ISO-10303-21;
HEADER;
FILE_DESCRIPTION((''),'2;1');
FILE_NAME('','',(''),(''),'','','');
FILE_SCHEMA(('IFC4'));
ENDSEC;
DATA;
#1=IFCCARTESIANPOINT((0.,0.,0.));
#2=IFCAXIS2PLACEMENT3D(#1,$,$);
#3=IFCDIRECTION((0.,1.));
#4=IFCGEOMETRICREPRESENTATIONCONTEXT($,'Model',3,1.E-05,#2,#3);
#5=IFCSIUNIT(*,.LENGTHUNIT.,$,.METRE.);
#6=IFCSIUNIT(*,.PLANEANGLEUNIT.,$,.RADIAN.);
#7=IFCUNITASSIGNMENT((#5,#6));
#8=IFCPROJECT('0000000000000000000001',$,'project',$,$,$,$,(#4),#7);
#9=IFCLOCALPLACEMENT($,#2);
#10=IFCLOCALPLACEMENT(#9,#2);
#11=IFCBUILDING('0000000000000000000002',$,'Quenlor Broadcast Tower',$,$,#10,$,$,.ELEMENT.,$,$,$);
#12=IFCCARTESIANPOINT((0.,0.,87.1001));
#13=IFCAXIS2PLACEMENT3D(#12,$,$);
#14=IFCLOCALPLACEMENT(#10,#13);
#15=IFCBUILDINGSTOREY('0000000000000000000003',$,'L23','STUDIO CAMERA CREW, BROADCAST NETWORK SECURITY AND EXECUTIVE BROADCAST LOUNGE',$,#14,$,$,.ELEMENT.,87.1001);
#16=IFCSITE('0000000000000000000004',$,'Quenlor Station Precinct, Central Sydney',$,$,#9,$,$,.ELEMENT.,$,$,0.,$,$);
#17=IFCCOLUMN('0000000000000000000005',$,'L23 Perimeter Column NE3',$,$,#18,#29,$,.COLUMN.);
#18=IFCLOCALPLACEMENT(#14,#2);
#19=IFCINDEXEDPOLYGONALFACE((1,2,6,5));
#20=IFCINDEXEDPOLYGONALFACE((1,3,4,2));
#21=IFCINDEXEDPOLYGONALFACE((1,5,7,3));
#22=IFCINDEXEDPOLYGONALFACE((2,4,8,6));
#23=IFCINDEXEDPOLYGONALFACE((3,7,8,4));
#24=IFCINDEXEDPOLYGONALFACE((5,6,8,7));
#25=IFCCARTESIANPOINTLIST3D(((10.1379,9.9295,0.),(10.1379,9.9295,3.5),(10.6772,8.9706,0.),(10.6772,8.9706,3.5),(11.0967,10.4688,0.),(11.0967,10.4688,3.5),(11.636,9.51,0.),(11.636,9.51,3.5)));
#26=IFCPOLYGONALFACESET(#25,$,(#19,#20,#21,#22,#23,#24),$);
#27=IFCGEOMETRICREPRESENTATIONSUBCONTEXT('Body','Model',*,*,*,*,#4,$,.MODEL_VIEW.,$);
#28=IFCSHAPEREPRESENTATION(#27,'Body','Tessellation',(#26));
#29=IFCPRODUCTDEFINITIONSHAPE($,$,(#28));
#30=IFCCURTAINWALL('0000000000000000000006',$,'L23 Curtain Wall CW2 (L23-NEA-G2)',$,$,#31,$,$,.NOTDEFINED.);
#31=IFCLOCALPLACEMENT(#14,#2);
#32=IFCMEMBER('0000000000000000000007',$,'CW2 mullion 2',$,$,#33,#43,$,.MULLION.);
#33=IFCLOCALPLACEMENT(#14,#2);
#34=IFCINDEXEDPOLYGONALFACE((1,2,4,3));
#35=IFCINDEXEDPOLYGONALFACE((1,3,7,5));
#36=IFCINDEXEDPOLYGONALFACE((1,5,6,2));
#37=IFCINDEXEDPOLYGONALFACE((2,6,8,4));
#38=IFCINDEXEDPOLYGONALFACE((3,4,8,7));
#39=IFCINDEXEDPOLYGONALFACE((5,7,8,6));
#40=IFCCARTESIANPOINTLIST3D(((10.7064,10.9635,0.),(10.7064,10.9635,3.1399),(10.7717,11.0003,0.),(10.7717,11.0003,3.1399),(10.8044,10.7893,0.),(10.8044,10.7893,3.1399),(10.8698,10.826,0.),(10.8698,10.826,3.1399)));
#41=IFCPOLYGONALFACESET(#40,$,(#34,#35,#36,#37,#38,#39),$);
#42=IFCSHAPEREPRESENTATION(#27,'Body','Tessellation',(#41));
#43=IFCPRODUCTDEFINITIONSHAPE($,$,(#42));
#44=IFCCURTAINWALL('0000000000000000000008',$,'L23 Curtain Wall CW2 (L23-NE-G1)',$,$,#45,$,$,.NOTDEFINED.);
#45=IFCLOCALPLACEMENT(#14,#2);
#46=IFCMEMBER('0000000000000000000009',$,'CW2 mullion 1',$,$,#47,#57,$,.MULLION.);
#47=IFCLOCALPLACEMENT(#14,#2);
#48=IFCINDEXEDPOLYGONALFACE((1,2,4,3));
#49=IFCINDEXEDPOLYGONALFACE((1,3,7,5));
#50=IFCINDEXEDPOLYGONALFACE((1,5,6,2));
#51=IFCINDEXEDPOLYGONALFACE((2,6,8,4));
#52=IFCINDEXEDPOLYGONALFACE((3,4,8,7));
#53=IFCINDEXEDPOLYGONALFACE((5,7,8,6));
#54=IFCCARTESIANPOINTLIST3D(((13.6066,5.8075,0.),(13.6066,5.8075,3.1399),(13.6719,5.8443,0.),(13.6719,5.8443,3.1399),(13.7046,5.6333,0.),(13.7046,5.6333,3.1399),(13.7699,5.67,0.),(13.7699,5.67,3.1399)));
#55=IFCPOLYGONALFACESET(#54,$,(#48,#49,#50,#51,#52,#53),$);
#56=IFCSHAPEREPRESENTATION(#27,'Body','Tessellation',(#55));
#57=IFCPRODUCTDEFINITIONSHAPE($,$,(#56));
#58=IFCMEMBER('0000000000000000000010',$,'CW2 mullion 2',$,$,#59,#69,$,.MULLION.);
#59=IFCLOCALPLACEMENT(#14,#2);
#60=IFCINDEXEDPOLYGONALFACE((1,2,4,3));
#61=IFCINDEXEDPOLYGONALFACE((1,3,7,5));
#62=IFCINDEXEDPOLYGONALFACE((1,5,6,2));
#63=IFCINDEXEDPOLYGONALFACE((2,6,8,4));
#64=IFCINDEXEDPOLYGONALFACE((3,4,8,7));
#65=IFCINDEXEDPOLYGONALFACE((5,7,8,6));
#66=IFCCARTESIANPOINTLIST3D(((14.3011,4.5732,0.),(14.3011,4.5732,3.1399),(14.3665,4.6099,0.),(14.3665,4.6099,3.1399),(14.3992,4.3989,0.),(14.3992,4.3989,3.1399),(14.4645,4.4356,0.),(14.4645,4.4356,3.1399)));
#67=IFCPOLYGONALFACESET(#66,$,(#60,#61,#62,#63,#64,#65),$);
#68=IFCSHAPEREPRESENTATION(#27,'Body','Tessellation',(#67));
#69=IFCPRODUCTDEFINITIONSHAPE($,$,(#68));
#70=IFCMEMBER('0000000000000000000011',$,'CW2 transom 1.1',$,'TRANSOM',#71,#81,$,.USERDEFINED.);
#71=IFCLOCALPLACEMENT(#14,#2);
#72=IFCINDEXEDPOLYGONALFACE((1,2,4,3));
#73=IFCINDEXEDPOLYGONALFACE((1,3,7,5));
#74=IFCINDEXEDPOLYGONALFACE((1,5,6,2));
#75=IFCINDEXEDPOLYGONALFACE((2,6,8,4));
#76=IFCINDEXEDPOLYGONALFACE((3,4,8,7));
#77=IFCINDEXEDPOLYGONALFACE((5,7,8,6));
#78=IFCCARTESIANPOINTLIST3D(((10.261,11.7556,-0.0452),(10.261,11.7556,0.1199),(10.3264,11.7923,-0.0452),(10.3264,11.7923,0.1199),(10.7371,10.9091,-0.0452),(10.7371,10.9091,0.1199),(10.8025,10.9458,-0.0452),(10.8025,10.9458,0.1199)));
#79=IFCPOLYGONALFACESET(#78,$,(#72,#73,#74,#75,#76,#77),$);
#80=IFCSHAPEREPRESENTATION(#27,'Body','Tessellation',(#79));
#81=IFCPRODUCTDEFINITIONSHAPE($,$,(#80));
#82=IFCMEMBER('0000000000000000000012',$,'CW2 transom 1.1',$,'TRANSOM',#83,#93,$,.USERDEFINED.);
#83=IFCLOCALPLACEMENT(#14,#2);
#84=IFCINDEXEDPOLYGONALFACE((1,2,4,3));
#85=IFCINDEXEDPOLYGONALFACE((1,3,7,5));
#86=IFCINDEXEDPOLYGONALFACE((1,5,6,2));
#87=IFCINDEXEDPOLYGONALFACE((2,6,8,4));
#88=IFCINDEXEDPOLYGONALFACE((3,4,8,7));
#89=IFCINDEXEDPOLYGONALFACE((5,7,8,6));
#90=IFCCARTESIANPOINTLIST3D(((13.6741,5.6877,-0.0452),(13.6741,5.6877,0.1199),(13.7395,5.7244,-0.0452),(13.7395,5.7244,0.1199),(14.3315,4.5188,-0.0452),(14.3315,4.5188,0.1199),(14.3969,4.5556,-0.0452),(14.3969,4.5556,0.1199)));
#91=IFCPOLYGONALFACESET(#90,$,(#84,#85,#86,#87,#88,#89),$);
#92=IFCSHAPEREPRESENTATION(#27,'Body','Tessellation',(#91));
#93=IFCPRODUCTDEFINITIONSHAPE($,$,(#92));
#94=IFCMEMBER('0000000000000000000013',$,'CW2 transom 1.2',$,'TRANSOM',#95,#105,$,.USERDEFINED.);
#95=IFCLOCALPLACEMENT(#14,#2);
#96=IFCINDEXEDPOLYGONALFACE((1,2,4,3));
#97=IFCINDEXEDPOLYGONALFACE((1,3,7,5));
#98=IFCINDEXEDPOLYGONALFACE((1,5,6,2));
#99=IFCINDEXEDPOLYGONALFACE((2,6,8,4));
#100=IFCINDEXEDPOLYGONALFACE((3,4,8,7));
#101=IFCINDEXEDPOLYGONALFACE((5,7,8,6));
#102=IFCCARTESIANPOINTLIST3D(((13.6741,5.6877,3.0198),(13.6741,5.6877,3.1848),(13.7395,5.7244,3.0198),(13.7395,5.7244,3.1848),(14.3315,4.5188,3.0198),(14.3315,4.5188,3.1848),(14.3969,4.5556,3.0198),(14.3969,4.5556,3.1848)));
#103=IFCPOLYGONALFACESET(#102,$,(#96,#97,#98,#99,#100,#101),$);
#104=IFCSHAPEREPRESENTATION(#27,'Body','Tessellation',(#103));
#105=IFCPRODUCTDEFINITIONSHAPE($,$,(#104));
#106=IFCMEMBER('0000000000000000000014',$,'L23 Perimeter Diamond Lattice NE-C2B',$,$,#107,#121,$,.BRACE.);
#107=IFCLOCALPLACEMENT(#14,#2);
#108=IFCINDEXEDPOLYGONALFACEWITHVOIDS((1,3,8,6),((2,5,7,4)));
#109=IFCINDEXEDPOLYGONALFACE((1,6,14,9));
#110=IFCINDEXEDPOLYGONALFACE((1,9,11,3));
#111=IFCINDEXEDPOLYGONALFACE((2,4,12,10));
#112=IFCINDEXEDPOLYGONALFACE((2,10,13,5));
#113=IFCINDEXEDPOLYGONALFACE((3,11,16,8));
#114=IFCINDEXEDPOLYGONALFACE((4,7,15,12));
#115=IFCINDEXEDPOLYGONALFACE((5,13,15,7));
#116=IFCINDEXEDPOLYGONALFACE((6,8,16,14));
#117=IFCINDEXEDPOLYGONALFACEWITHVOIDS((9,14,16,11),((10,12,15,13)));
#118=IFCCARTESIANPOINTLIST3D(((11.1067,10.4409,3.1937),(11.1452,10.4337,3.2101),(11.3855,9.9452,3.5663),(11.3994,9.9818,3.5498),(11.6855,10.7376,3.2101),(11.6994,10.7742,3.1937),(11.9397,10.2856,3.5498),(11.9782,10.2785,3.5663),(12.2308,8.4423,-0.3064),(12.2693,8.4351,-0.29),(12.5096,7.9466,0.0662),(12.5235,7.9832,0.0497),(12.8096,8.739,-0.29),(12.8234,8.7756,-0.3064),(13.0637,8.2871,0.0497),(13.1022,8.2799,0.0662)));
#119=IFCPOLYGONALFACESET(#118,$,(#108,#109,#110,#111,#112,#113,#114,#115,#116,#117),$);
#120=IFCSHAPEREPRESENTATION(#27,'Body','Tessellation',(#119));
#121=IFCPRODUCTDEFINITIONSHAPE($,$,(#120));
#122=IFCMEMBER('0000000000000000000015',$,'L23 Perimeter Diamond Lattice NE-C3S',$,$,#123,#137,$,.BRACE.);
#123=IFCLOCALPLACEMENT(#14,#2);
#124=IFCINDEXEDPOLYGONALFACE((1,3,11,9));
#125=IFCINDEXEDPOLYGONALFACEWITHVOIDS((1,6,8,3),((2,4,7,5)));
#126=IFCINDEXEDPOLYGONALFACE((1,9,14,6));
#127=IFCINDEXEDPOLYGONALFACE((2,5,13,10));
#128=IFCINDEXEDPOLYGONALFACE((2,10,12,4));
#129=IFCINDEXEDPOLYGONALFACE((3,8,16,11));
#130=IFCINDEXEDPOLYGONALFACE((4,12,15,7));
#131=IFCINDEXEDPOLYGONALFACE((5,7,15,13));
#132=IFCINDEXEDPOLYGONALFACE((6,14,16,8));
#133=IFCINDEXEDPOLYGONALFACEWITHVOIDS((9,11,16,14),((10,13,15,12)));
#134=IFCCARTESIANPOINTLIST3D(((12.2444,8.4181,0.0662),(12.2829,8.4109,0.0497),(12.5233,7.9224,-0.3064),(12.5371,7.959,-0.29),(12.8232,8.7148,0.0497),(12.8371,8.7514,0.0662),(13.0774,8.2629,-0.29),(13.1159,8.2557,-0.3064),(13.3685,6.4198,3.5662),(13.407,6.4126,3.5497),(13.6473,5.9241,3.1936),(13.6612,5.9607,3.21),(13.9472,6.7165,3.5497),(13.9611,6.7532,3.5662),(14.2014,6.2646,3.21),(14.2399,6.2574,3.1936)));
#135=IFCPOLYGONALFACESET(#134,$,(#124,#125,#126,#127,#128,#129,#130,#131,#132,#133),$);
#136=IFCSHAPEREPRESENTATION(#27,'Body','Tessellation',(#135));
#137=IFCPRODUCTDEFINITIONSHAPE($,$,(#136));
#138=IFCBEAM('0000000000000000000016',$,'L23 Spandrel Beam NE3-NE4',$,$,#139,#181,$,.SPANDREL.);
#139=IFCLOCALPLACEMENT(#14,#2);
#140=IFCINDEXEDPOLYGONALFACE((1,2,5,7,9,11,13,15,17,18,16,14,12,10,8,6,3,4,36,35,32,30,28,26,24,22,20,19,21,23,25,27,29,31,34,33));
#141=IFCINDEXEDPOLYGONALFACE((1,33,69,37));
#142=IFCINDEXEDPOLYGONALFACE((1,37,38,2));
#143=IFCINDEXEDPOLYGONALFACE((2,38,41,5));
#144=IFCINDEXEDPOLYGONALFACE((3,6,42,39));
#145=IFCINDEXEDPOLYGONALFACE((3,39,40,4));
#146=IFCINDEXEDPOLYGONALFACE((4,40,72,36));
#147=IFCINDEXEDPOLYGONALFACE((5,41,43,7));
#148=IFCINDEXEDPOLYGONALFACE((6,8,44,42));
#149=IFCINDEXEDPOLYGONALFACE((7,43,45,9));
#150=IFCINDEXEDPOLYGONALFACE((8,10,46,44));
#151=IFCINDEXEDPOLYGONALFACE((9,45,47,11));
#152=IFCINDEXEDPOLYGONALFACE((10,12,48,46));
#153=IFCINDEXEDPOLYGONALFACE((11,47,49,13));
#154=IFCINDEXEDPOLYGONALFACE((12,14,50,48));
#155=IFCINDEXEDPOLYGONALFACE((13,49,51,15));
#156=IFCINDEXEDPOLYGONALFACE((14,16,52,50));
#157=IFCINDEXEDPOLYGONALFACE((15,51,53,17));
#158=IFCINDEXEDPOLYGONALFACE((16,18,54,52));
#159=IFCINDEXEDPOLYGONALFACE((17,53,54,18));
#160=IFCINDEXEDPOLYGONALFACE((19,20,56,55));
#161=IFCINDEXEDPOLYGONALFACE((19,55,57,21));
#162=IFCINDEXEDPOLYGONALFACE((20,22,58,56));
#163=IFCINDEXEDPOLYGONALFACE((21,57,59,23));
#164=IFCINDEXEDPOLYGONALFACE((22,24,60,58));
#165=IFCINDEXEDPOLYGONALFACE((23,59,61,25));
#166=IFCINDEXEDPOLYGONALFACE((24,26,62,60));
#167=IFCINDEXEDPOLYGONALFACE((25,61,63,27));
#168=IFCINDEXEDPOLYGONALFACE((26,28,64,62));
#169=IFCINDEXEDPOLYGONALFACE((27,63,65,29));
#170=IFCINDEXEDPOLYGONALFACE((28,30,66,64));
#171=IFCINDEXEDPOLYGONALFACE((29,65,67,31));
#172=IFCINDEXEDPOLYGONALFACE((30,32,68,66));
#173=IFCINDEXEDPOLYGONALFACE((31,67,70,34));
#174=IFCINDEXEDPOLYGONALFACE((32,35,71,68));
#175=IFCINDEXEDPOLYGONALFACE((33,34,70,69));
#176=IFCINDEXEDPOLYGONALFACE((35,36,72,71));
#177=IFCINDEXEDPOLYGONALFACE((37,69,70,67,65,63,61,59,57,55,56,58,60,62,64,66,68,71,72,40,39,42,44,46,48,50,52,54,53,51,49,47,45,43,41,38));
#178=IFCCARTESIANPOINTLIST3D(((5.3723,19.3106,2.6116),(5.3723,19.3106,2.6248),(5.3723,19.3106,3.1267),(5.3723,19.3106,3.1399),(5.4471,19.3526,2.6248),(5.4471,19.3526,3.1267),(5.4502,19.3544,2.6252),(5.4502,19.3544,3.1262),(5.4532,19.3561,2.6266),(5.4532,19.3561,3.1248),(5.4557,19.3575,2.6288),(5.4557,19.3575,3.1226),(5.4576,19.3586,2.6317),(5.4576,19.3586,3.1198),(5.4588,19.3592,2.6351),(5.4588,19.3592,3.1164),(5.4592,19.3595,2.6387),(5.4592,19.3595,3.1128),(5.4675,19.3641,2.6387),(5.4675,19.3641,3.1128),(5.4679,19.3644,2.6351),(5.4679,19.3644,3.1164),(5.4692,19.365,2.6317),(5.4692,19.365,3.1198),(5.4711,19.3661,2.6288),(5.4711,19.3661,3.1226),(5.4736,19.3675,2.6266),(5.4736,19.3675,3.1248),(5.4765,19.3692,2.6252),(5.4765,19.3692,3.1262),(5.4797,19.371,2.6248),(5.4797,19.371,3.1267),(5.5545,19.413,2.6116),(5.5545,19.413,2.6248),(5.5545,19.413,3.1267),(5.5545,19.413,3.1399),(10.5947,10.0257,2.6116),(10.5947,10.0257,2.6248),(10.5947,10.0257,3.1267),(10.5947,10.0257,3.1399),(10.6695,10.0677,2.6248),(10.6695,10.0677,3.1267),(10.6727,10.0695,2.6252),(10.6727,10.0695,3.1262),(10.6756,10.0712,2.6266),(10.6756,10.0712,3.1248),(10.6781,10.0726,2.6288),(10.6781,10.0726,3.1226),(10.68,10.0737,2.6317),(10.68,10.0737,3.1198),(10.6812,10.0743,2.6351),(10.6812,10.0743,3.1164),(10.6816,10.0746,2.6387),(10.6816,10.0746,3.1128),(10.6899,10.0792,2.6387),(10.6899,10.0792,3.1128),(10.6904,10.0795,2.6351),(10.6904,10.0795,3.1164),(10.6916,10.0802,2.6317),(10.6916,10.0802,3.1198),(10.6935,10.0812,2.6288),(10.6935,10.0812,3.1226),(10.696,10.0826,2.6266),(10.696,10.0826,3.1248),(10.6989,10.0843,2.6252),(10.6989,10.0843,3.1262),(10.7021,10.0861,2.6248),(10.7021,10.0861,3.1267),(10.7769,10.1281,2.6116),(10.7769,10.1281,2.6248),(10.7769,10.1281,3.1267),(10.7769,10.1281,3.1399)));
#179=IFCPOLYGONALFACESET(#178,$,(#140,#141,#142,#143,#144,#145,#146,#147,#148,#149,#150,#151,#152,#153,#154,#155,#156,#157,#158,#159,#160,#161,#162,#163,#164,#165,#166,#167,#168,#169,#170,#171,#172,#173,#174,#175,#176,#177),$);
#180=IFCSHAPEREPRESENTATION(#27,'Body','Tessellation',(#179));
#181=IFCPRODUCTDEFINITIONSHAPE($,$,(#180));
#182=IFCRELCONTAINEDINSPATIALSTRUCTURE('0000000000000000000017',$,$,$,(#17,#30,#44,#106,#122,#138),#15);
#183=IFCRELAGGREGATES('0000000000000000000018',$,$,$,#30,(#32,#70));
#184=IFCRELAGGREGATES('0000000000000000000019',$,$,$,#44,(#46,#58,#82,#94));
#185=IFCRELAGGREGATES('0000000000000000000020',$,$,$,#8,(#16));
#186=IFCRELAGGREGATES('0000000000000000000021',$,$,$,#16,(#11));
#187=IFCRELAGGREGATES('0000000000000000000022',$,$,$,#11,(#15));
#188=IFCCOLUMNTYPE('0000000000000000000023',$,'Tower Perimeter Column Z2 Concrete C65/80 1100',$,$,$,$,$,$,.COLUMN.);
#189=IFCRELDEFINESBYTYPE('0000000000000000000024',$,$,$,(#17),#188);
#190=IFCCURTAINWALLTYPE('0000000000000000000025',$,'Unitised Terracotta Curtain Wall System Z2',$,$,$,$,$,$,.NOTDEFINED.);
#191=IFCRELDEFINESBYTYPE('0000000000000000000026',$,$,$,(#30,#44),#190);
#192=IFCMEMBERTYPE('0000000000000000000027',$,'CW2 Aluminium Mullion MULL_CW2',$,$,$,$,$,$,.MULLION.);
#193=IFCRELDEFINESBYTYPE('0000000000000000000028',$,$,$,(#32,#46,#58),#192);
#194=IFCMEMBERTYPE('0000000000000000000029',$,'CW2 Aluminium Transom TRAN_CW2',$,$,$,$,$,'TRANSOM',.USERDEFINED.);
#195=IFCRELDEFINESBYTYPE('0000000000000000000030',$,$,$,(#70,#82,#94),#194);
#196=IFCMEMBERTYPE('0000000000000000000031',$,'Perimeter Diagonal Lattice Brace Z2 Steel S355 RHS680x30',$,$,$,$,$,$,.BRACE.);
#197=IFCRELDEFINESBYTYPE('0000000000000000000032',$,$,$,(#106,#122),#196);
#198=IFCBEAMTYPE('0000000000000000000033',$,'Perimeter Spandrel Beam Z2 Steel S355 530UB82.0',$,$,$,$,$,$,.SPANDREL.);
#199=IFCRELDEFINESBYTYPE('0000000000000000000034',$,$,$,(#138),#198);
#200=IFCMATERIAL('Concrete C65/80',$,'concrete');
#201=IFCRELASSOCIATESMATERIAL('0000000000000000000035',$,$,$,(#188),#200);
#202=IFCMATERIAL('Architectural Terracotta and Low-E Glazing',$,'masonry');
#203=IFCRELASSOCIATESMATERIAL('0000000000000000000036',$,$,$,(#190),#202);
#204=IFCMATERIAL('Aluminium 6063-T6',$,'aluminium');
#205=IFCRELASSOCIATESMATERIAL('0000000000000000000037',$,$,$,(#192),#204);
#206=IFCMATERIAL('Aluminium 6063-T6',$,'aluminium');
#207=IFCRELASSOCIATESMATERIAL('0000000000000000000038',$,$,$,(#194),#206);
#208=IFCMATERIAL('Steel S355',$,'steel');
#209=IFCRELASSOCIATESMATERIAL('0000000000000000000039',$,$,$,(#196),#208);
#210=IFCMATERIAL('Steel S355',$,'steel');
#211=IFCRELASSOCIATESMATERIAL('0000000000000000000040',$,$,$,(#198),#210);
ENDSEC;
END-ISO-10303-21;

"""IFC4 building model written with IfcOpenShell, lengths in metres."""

from ifc_helpers import new_model, si_unit, direction, frame, origin, origin_2d, place, context, subcontext, project, spatial, rectangle, hollow_rectangle, i_section, extrude, material, material_profile, profile_set, type_object, element, aggregate, save


model = new_model("IFC4")

# Units and contexts
model_context = context("Model", 3, precision=1e-05, world=origin(), true_north=direction((0.0, 1.0)))
body_context = subcontext(model_context, "Body", "Model", "MODEL_VIEW")
ifc_project = project(units=[si_unit("LENGTHUNIT", "METRE"), si_unit("PLANEANGLEUNIT", "RADIAN")], contexts=[model_context])

# Site, building, storey
site_placement = place(None, origin())
site = spatial("IfcSite", under=ifc_project, at=site_placement, Name="Quenlor Station Precinct, Central Sydney", CompositionType="ELEMENT", RefElevation=0.0)
building_placement = place(site_placement, origin())
building = spatial("IfcBuilding", under=site, at=building_placement, Name="Quenlor Broadcast Tower", CompositionType="ELEMENT")
storey_placement = place(building_placement, frame((0.0, 0.0, 87.1001)))
storey = spatial("IfcBuildingStorey", under=building, at=storey_placement, Name="L23", Description="STUDIO CAMERA CREW, BROADCAST NETWORK SECURITY AND EXECUTIVE BROADCAST LOUNGE", CompositionType="ELEMENT", Elevation=87.1001)

# Column
ifc_material_1 = material(Name="Concrete C65/80", Category="concrete")
ifc_material_profile_1 = material_profile(ifc_material_1, rectangle(XDim=1.1001, YDim=1.1001, at=origin_2d()))
ifc_profile_set_1 = profile_set([ifc_material_profile_1], Name="Concrete C65/80 RC1100x1100")
column_type = type_object("IfcColumnType", Name="Tower Perimeter Column Z2 Concrete C65/80 1100", PredefinedType="COLUMN", material=ifc_profile_set_1)
column_placement = place(storey_placement, frame((10.887, 9.7197, 0.0), z_axis=(0.0, 0.0, 1.0), x_axis=(0.871575, 0.490262, 0.0)))
element("IfcColumn", 1, at=column_placement, inside=storey, type_object=column_type, Name="L23 Perimeter Column NE3", PredefinedType="COLUMN", context=body_context, shape_type="SweptSolid", body=[
    extrude(rectangle(XDim=1.1001, YDim=1.1001, at=origin_2d()), origin(), (0.0, 0.0, 1.0), 3.5),
])

# Curtain wall, member
ifc_material_2 = material(Name="Architectural Terracotta and Low-E Glazing", Category="masonry")
curtain_wall_type = type_object("IfcCurtainWallType", Name="Unitised Terracotta Curtain Wall System Z2", PredefinedType="NOTDEFINED", material=ifc_material_2)
curtain_wall_1_placement = place(storey_placement, origin())
curtain_wall_1 = element("IfcCurtainWall", 2, at=curtain_wall_1_placement, inside=storey, type_object=curtain_wall_type, Name="L23 Curtain Wall CW2 (L23-NEA-G2)", PredefinedType="NOTDEFINED")
ifc_material_3 = material(Name="Aluminium 6063-T6", Category="aluminium")
ifc_material_profile_2 = material_profile(ifc_material_3, rectangle(XDim=0.075, YDim=0.2, at=origin_2d()))
ifc_profile_set_2 = profile_set([ifc_material_profile_2], Name="Aluminium 6063-T6 MULL75x200")
member_type_1 = type_object("IfcMemberType", Name="CW2 Aluminium Mullion MULL_CW2", PredefinedType="MULLION", material=ifc_profile_set_2)
member_1_placement = place(storey_placement, frame((10.7881, 10.8948, 0.0), z_axis=(0.0, 0.0, 1.0), x_axis=(0.871583, 0.490249, 0.0)))
member_1 = element("IfcMember", 3, at=member_1_placement, type_object=member_type_1, Name="CW2 mullion 2", PredefinedType="MULLION", context=body_context, shape_type="SweptSolid", body=[
    extrude(rectangle(XDim=0.075, YDim=0.2, at=origin_2d()), origin(), (0.0, 0.0, 1.0), 3.1399),
])

# Curtain wall, members
curtain_wall_2_placement = place(storey_placement, origin())
curtain_wall_2 = element("IfcCurtainWall", 4, at=curtain_wall_2_placement, inside=storey, type_object=curtain_wall_type, Name="L23 Curtain Wall CW2 (L23-NE-G1)", PredefinedType="NOTDEFINED")
member_2_placement = place(storey_placement, frame((13.6882, 5.7388, 0.0), z_axis=(0.0, 0.0, 1.0), x_axis=(0.871558, 0.490293, 0.0)))
member_2 = element("IfcMember", 5, at=member_2_placement, type_object=member_type_1, Name="CW2 mullion 1", PredefinedType="MULLION", context=body_context, shape_type="SweptSolid", body=[
    extrude(rectangle(XDim=0.075, YDim=0.2, at=origin_2d()), origin(), (0.0, 0.0, 1.0), 3.1399),
])
member_3_placement = place(storey_placement, frame((14.3828, 4.5044, 0.0), z_axis=(0.0, 0.0, 1.0), x_axis=(0.871558, 0.490293, 0.0)))
member_3 = element("IfcMember", 6, at=member_3_placement, type_object=member_type_1, Name="CW2 mullion 2", PredefinedType="MULLION", context=body_context, shape_type="SweptSolid", body=[
    extrude(rectangle(XDim=0.075, YDim=0.2, at=origin_2d()), origin(), (0.0, 0.0, 1.0), 3.1399),
])

# Members
ifc_material_4 = material(Name="Aluminium 6063-T6", Category="aluminium")
ifc_material_profile_3 = material_profile(ifc_material_4, rectangle(XDim=0.075, YDim=0.165, at=origin_2d()))
ifc_profile_set_3 = profile_set([ifc_material_profile_3], Name="Aluminium 6063-T6 TRAN75x165")
member_type_2 = type_object("IfcMemberType", Name="CW2 Aluminium Transom TRAN_CW2", ElementType="TRANSOM", PredefinedType="USERDEFINED", material=ifc_profile_set_3)
member_4_placement = place(storey_placement, frame((10.2937, 11.7739, 0.0374), z_axis=(0.490225, -0.871596, 0.0), x_axis=(0.871596, 0.490225, 0.0)))
member_4 = element("IfcMember", 7, at=member_4_placement, type_object=member_type_2, Name="CW2 transom 1.1", ObjectType="TRANSOM", PredefinedType="USERDEFINED", context=body_context, shape_type="SweptSolid", body=[
    extrude(rectangle(XDim=0.075, YDim=0.165, at=origin_2d()), origin(), (0.0, 0.0, 1.0), 0.9712),
])
member_5_placement = place(storey_placement, frame((13.7068, 5.7061, 0.0374), z_axis=(0.490227, -0.871595, 0.0), x_axis=(0.871595, 0.490227, 0.0)))
member_5 = element("IfcMember", 8, at=member_5_placement, type_object=member_type_2, Name="CW2 transom 1.1", ObjectType="TRANSOM", PredefinedType="USERDEFINED", context=body_context, shape_type="SweptSolid", body=[
    extrude(rectangle(XDim=0.075, YDim=0.165, at=origin_2d()), origin(), (0.0, 0.0, 1.0), 1.3411),
])
member_6_placement = place(storey_placement, frame((13.7068, 5.7061, 3.1023), z_axis=(0.490227, -0.871595, 0.0), x_axis=(0.871595, 0.490227, 0.0)))
member_6 = element("IfcMember", 9, at=member_6_placement, type_object=member_type_2, Name="CW2 transom 1.2", ObjectType="TRANSOM", PredefinedType="USERDEFINED", context=body_context, shape_type="SweptSolid", body=[
    extrude(rectangle(XDim=0.075, YDim=0.165, at=origin_2d()), origin(), (0.0, 0.0, 1.0), 1.3411),
])

# Members
ifc_material_5 = material(Name="Steel S355", Category="steel")
ifc_material_profile_4 = material_profile(ifc_material_5, hollow_rectangle(XDim=0.6799, YDim=0.6799, WallThickness=0.03, at=origin_2d()))
ifc_profile_set_4 = profile_set([ifc_material_profile_4], Name="Steel S355 RHS680x680x30")
member_type_3 = type_object("IfcMemberType", Name="Perimeter Diagonal Lattice Brace Z2 Steel S355 RHS680x30", PredefinedType="BRACE", material=ifc_profile_set_4)
member_7_placement = place(storey_placement, frame((12.6665, 8.3611, -0.1201), z_axis=(-0.268635, 0.477638, 0.836479), x_axis=(-0.871604, -0.490211, 0.0)))
element("IfcMember", 10, at=member_7_placement, inside=storey, type_object=member_type_3, Name="L23 Perimeter Diamond Lattice NE-C2B", PredefinedType="BRACE", context=body_context, shape_type="SweptSolid", body=[
    extrude(hollow_rectangle(XDim=0.6799, YDim=0.6799, WallThickness=0.03, at=origin_2d()), origin(), (0.0, 0.0, 1.0), 4.1843),
])
member_8_placement = place(storey_placement, frame((12.6802, 8.3369, -0.1201), z_axis=(0.268642, -0.477593, 0.836502), x_axis=(0.871578, 0.490256, 0.0)))
element("IfcMember", 11, at=member_8_placement, inside=storey, type_object=member_type_3, Name="L23 Perimeter Diamond Lattice NE-C3S", PredefinedType="BRACE", context=body_context, shape_type="SweptSolid", body=[
    extrude(hollow_rectangle(XDim=0.6799, YDim=0.6799, WallThickness=0.03, at=origin_2d()), origin(), (0.0, 0.0, 1.0), 4.1841),
])

# Beam
ifc_material_6 = material(Name="Steel S355", Category="steel")
ifc_material_profile_5 = material_profile(ifc_material_6, i_section(OverallWidth=0.209, OverallDepth=0.5283, WebThickness=0.0095, FlangeThickness=0.0132, FilletRadius=0.0139, at=origin_2d()))
ifc_profile_set_5 = profile_set([ifc_material_profile_5], Name="Steel S355 530UB82.0")
beam_type_1 = type_object("IfcBeamType", Name="Perimeter Spandrel Beam Z2 Steel S355 530UB82.0", PredefinedType="SPANDREL", material=ifc_profile_set_5)
beam_1_placement = place(storey_placement, frame((10.6858, 10.0769, 2.8757), z_axis=(-0.490236, 0.87159, 0.0), x_axis=(-0.87159, -0.490236, 0.0)))
element("IfcBeam", 12, at=beam_1_placement, inside=storey, type_object=beam_type_1, Name="L23 Spandrel Beam NE3-NE4", PredefinedType="SPANDREL", context=body_context, shape_type="SweptSolid", body=[
    extrude(i_section(OverallWidth=0.209, OverallDepth=0.5283, WebThickness=0.0095, FlangeThickness=0.0132, FilletRadius=0.0139, at=origin_2d()), origin(), (0.0, 0.0, 1.0), 10.6528),
])

aggregate(curtain_wall_1, [member_1, member_4])
aggregate(curtain_wall_2, [member_2, member_3, member_5, member_6])

save(model, "model.ifc")
